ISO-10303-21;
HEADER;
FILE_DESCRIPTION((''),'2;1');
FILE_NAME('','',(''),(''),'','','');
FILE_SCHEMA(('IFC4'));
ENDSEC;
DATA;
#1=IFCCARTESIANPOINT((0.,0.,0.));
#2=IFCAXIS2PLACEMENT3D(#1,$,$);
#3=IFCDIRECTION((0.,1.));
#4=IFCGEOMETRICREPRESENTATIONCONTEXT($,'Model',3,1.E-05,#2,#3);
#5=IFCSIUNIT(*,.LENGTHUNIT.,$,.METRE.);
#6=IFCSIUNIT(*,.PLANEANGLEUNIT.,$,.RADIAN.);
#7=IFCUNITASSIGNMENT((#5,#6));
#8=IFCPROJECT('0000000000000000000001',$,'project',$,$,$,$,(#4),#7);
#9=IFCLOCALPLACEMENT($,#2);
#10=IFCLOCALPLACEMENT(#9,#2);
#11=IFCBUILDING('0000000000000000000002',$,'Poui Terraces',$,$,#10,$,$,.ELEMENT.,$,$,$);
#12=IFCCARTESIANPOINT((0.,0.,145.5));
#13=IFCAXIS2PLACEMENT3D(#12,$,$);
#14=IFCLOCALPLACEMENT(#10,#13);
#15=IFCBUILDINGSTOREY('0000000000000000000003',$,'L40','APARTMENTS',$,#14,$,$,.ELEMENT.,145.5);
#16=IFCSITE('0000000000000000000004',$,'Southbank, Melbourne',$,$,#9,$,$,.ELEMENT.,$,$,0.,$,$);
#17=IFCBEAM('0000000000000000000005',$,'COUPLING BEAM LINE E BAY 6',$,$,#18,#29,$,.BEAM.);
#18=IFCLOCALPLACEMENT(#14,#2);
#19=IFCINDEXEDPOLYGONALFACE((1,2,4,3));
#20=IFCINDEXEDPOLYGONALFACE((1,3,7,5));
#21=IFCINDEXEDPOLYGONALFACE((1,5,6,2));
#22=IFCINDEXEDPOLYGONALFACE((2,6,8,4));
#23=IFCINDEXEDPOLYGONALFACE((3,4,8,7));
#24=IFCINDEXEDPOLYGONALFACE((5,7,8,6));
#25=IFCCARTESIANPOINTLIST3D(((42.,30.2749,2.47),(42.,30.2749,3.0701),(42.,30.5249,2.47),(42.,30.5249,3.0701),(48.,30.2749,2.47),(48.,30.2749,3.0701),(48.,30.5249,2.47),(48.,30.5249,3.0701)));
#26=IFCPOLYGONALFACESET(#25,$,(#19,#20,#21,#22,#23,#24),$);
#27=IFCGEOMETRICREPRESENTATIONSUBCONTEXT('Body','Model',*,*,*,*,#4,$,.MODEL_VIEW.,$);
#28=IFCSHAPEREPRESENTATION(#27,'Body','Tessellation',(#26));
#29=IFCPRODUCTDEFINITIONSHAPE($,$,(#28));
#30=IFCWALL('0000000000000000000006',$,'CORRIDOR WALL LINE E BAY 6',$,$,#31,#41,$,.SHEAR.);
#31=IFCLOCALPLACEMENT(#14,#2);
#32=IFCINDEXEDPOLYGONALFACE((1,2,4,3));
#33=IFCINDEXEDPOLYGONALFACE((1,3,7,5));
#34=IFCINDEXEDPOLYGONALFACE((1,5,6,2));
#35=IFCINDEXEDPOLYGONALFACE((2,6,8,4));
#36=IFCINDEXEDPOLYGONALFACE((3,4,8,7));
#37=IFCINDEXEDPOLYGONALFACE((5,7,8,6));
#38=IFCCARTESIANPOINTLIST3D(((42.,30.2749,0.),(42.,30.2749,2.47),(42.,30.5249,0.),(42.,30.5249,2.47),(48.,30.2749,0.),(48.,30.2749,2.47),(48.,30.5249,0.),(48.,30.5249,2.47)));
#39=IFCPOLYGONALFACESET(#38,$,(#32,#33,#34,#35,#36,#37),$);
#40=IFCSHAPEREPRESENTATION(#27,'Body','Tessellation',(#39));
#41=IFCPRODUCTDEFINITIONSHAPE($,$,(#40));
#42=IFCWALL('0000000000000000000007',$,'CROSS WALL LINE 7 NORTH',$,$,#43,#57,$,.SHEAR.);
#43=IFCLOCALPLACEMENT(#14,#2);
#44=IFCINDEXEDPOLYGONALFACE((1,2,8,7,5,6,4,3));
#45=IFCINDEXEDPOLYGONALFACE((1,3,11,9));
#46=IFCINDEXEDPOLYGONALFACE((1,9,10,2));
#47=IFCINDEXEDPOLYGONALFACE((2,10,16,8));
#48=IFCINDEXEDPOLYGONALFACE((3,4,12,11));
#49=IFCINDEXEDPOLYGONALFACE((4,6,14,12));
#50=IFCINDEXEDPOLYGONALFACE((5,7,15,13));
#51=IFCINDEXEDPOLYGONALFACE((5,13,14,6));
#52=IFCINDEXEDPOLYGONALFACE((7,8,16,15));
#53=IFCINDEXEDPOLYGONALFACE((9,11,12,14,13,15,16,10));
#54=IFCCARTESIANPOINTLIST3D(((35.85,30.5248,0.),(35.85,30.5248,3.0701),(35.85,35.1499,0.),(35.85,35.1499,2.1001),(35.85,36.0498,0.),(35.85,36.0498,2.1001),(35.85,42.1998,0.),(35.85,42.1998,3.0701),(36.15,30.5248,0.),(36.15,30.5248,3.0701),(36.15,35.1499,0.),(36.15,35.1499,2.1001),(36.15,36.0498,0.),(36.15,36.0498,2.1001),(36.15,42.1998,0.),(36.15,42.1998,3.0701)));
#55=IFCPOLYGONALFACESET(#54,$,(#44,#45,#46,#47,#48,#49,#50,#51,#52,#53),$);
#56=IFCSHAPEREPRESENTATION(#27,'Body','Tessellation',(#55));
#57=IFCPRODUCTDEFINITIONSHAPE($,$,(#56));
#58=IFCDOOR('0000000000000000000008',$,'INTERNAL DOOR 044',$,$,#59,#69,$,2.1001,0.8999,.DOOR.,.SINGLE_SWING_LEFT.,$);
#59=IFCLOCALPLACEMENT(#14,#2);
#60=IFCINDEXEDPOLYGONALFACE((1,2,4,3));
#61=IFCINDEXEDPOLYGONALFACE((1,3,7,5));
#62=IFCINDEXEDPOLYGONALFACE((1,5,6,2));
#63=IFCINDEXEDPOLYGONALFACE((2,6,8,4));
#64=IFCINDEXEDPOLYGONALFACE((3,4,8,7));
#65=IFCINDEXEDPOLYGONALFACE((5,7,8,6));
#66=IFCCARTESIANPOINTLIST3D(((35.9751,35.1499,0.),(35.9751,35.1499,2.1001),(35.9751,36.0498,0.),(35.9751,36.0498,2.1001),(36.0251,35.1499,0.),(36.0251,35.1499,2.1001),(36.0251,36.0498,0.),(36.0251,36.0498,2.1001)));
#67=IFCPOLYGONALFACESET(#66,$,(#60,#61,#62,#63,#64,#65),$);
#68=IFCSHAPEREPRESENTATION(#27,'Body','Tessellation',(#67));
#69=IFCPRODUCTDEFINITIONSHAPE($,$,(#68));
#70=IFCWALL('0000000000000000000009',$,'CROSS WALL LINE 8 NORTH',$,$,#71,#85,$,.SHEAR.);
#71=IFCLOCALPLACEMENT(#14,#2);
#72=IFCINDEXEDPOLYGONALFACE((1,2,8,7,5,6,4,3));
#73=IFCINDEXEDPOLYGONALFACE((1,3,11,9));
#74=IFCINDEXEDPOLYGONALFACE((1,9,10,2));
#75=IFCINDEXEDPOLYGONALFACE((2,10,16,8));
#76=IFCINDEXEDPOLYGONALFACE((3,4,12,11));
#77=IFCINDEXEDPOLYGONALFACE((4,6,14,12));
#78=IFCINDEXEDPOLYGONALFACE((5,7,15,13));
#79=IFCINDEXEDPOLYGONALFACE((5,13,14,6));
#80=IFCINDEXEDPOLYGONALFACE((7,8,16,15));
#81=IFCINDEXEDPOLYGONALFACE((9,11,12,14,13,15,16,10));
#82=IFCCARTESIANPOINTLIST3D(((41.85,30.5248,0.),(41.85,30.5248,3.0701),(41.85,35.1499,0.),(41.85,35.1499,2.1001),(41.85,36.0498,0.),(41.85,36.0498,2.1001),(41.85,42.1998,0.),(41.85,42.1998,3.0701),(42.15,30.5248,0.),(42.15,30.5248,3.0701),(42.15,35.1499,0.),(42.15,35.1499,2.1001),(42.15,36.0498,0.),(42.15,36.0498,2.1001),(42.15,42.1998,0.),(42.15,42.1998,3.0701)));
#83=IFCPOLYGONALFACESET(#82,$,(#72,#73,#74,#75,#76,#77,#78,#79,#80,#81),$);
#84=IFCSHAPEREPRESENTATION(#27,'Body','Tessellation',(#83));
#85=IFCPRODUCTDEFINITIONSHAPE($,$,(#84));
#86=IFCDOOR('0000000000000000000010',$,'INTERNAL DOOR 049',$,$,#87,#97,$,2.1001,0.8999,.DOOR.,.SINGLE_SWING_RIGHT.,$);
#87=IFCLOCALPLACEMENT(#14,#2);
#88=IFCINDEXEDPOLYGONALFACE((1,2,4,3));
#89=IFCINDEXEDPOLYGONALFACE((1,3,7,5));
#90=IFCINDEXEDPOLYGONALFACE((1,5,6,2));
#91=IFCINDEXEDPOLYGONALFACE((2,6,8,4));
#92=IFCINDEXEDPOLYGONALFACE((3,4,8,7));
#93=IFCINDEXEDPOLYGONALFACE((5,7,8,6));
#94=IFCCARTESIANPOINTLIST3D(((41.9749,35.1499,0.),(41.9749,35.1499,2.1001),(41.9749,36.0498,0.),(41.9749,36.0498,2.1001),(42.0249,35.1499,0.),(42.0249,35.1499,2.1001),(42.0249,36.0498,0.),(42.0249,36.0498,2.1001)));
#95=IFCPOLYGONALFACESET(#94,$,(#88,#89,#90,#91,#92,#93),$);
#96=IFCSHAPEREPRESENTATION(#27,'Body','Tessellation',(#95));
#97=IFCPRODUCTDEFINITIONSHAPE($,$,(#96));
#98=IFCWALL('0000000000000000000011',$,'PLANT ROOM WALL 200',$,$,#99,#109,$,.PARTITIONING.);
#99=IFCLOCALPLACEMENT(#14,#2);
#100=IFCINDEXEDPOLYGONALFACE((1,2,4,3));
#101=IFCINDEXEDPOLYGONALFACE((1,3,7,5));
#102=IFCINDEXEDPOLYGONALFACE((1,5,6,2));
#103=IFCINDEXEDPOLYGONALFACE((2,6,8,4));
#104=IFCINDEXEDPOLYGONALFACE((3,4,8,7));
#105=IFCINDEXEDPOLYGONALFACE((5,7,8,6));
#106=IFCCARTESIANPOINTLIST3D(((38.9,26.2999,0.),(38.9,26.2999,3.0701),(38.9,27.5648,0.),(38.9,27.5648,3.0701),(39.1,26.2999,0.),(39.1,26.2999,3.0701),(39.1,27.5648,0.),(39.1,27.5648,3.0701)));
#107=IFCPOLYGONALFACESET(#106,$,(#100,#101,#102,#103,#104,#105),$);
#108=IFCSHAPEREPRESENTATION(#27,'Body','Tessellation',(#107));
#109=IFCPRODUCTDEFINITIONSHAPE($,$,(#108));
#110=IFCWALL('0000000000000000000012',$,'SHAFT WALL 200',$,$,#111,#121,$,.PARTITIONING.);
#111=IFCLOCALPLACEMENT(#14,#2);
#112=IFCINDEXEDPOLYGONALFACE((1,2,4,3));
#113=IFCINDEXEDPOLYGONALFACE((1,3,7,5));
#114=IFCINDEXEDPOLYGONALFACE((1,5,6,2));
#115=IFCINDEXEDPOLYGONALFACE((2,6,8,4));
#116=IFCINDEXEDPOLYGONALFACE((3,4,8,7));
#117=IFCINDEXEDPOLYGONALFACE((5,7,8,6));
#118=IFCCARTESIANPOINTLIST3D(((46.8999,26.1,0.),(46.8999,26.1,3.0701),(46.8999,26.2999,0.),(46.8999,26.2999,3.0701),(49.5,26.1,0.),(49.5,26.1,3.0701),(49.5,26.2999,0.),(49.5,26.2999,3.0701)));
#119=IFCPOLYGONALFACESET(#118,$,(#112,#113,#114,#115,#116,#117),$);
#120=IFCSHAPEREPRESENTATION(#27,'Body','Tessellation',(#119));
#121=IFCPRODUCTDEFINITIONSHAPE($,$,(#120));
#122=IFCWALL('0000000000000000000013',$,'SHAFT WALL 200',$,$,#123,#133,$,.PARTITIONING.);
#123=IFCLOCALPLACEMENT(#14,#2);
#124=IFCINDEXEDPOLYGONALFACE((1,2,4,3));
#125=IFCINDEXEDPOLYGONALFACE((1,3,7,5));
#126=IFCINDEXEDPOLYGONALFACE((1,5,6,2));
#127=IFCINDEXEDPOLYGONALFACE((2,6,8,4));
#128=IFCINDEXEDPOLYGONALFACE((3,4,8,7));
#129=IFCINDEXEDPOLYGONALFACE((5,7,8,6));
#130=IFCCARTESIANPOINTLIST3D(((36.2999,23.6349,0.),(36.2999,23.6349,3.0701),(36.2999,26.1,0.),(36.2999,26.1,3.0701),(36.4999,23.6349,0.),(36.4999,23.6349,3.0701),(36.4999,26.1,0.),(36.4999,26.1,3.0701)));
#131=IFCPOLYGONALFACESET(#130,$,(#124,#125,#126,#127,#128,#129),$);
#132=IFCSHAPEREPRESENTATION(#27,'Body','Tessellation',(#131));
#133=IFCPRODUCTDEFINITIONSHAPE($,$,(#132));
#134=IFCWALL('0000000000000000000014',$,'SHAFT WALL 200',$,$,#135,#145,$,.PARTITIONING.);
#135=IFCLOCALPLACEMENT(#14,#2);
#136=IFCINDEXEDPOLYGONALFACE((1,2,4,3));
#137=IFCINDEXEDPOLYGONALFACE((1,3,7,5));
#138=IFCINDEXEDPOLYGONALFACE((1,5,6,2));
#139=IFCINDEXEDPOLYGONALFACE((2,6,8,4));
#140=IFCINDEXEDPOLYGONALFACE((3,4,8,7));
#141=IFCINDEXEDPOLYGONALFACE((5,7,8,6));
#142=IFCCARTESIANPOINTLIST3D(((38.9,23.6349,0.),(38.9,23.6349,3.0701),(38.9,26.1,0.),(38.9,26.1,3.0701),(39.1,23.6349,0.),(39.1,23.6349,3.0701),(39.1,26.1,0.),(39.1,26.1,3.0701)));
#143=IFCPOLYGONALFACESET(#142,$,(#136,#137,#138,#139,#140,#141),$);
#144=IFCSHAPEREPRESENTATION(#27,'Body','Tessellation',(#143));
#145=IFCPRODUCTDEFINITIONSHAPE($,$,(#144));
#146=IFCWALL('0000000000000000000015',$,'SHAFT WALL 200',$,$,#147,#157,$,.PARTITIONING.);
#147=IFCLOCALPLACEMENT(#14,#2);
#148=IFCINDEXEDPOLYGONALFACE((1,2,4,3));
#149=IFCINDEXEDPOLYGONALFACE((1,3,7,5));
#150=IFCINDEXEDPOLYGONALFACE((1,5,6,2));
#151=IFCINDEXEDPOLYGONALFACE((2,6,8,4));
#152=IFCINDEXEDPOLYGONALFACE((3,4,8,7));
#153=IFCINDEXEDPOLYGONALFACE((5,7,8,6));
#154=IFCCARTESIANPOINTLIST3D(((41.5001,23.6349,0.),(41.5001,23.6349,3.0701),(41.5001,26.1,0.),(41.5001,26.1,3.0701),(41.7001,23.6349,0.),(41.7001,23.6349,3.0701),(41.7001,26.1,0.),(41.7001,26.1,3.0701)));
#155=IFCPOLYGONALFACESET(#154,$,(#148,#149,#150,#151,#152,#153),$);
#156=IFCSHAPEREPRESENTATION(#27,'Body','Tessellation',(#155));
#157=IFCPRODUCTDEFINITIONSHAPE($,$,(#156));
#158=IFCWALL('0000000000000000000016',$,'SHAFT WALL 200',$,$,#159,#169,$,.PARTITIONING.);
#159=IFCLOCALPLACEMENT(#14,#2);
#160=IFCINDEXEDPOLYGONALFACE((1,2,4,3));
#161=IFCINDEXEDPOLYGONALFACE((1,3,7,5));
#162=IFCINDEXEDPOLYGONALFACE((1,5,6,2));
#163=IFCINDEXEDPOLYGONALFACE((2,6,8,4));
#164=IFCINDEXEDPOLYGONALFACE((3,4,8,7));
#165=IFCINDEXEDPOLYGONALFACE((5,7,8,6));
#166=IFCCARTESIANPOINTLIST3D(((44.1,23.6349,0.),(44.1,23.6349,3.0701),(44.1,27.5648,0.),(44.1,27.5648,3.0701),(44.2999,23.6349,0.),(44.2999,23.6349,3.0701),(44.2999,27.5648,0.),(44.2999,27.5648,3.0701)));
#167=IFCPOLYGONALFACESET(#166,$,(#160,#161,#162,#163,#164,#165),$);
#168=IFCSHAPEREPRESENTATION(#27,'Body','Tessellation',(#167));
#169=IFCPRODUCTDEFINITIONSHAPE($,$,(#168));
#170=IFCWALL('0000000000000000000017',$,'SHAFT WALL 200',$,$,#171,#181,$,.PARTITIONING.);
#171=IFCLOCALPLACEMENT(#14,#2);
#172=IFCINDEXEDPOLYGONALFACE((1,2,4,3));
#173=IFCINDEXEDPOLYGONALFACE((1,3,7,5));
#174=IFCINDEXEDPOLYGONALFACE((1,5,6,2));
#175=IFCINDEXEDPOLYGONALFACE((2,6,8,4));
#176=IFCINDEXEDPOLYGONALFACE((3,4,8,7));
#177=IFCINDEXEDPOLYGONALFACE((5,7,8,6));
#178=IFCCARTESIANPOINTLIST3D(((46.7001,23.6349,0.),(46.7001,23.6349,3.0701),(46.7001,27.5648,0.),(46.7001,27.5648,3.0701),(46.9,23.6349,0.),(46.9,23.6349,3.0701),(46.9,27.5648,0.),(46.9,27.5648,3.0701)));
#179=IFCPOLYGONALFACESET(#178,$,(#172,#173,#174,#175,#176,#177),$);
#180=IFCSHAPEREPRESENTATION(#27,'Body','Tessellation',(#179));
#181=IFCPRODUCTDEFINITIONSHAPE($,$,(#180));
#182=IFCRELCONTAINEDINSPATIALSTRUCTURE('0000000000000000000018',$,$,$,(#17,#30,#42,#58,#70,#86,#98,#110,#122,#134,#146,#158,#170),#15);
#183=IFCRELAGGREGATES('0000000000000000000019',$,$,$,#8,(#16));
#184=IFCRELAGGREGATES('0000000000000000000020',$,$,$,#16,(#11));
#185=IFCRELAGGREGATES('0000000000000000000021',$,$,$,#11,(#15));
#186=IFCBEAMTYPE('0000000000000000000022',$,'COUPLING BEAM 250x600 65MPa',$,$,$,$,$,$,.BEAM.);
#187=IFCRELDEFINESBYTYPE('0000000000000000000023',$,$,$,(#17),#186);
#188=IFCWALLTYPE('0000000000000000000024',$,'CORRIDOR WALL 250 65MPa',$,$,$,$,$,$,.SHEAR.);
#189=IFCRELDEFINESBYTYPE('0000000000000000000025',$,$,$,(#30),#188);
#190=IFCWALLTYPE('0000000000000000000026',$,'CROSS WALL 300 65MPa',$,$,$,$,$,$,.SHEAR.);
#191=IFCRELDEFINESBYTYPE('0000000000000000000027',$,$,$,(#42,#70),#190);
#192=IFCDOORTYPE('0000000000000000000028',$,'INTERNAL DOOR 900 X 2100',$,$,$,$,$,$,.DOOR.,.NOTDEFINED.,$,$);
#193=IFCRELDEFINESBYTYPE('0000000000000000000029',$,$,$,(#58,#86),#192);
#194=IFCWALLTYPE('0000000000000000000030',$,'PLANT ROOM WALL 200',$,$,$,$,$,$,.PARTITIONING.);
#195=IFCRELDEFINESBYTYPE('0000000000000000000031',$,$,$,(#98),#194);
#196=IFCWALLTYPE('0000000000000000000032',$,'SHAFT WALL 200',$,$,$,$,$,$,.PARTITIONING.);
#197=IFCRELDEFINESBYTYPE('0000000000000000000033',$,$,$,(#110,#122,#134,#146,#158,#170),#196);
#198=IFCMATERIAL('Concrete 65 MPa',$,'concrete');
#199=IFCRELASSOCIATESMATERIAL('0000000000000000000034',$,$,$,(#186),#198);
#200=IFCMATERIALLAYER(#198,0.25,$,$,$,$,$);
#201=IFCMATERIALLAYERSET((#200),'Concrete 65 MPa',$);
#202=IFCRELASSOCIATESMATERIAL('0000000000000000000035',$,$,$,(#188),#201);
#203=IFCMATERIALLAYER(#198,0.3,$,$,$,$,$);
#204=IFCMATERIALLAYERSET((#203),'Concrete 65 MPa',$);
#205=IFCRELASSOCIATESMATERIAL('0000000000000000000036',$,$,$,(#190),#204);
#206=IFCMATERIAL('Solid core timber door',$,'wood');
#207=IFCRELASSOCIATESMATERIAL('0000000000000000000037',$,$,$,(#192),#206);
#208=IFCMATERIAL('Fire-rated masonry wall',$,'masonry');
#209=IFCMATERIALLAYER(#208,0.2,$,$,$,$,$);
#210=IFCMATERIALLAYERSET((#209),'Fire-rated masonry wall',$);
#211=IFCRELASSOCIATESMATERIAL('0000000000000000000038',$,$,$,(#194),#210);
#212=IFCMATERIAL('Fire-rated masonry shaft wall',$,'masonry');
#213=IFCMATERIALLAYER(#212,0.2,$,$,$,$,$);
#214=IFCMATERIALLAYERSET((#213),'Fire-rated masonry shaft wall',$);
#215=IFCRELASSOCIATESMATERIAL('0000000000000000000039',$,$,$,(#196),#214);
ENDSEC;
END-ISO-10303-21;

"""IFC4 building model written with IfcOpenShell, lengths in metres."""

from ifc_helpers import new_model, si_unit, direction, frame, frame_2d, origin, origin_2d, place, context, subcontext, project, spatial, rectangle, extrude, source, transform, mapped, material, layer, layer_set, material_profile, profile_set, type_object, element, fill, save


model = new_model("IFC4")

# Units and contexts
model_context = context("Model", 3, precision=1e-05, world=origin(), true_north=direction((0.0, 1.0)))
body_context = subcontext(model_context, "Body", "Model", "MODEL_VIEW")
ifc_project = project(units=[si_unit("LENGTHUNIT", "METRE"), si_unit("PLANEANGLEUNIT", "RADIAN")], contexts=[model_context])

# Site, building, storey
site_placement = place(None, origin())
site = spatial("IfcSite", under=ifc_project, at=site_placement, Name="Southbank, Melbourne", CompositionType="ELEMENT", RefElevation=0.0)
building_placement = place(site_placement, origin())
building = spatial("IfcBuilding", under=site, at=building_placement, Name="Poui Terraces", CompositionType="ELEMENT")
storey_placement = place(building_placement, frame((0.0, 0.0, 145.5)))
storey = spatial("IfcBuildingStorey", under=building, at=storey_placement, Name="L40", Description="APARTMENTS", CompositionType="ELEMENT", Elevation=145.5)

# Beam
ifc_material_1 = material(Name="Concrete 65 MPa", Category="concrete")
ifc_material_profile = material_profile(ifc_material_1, rectangle(XDim=0.25, YDim=0.6001, at=origin_2d()), Name="RC 250x600")
ifc_profile_set = profile_set([ifc_material_profile], Name="Concrete 65 MPa")
beam_type = type_object("IfcBeamType", Name="COUPLING BEAM 250x600 65MPa", PredefinedType="BEAM", material=ifc_profile_set)
shared_shape = source(origin(), body_context, "Body", "SweptSolid", [
    extrude(rectangle(XDim=0.25, YDim=0.6001, at=origin_2d()), origin(), (0.0, 0.0, 1.0), 6.0),
])
beam_placement = place(storey_placement, frame((42.0, 30.3999, 2.77), z_axis=(1.0, 0.0, 0.0), x_axis=(0.0, 1.0, 0.0)))
element("IfcBeam", 1, at=beam_placement, inside=storey, type_object=beam_type, Name="COUPLING BEAM LINE E BAY 6", PredefinedType="BEAM", context=body_context, shape_type="MappedRepresentation", body=[
    mapped(shared_shape, transform((0.0, 0.0, 0.0))),
])

# Wall
ifc_layer_1 = layer(ifc_material_1, 0.25)
ifc_layer_set_1 = layer_set([ifc_layer_1], Name="Concrete 65 MPa")
wall_type_1 = type_object("IfcWallType", Name="CORRIDOR WALL 250 65MPa", PredefinedType="SHEAR", material=ifc_layer_set_1)
wall_1_placement = place(storey_placement, frame((42.0, 30.3999, 0.0), z_axis=(0.0, 0.0, 1.0), x_axis=(1.0, 0.0, 0.0)))
element("IfcWall", 2, at=wall_1_placement, inside=storey, type_object=wall_type_1, Name="CORRIDOR WALL LINE E BAY 6", PredefinedType="SHEAR", context=body_context, shape_type="SweptSolid", body=[
    extrude(rectangle(XDim=6.0, YDim=0.25, at=frame_2d((3.0, 0.0))), origin(), (0.0, 0.0, 1.0), 2.47),
])

# Walls, openings, doors
ifc_layer_2 = layer(ifc_material_1, 0.3)
ifc_layer_set_2 = layer_set([ifc_layer_2], Name="Concrete 65 MPa")
wall_type_2 = type_object("IfcWallType", Name="CROSS WALL 300 65MPa", PredefinedType="SHEAR", material=ifc_layer_set_2)
wall_2_placement = place(storey_placement, frame((36.0, 30.5249, 0.0), z_axis=(0.0, 0.0, 1.0), x_axis=(0.0, 1.0, 0.0)))
wall_2 = element("IfcWall", 3, at=wall_2_placement, inside=storey, type_object=wall_type_2, Name="CROSS WALL LINE 7 NORTH", PredefinedType="SHEAR", context=body_context, shape_type="SweptSolid", body=[
    extrude(rectangle(XDim=11.675, YDim=0.3, at=frame_2d((5.8374, 0.0))), origin(), (0.0, 0.0, 1.0), 3.0701),
])
opening_1_placement = place(wall_2_placement, frame((4.625, 0.0, 0.0)))
opening_1 = element("IfcOpeningElement", 4, at=opening_1_placement, cuts=wall_2, PredefinedType="OPENING", context=body_context, shape_type="SweptSolid", body=[
    extrude(rectangle(XDim=0.8999, YDim=2.1001, at=frame_2d((0.45, 1.05))), frame((0.0, 0.1602, 0.0), z_axis=(0.0, -1.0, 0.0), x_axis=(1.0, 0.0, 0.0)), (0.0, 0.0, 1.0), 0.3201),
])
ifc_material_2 = material(Name="Solid core timber door", Category="wood")
door_type = type_object("IfcDoorType", Name="INTERNAL DOOR 900 X 2100", OperationType="NOTDEFINED", PredefinedType="DOOR", material=ifc_material_2)
door_1_placement = place(opening_1_placement, origin())
door_1 = element("IfcDoor", 5, at=door_1_placement, inside=storey, type_object=door_type, Name="INTERNAL DOOR 044", OperationType="SINGLE_SWING_LEFT", OverallHeight=2.1001, OverallWidth=0.8999, PredefinedType="DOOR", context=body_context, shape_type="SweptSolid", body=[
    extrude(rectangle(XDim=0.8999, YDim=2.1001, at=frame_2d((0.45, 1.05))), frame((0.0, 0.0249, 0.0), z_axis=(0.0, -1.0, 0.0), x_axis=(1.0, 0.0, 0.0)), (0.0, 0.0, 1.0), 0.05),
])
fill(opening_1, door_1)
wall_3_placement = place(storey_placement, frame((42.0, 30.5249, 0.0), z_axis=(0.0, 0.0, 1.0), x_axis=(0.0, 1.0, 0.0)))
wall_3 = element("IfcWall", 6, at=wall_3_placement, inside=storey, type_object=wall_type_2, Name="CROSS WALL LINE 8 NORTH", PredefinedType="SHEAR", context=body_context, shape_type="SweptSolid", body=[
    extrude(rectangle(XDim=11.675, YDim=0.3, at=frame_2d((5.8374, 0.0))), origin(), (0.0, 0.0, 1.0), 3.0701),
])
opening_2_placement = place(wall_3_placement, frame((4.625, 0.0, 0.0)))
opening_2 = element("IfcOpeningElement", 7, at=opening_2_placement, cuts=wall_3, PredefinedType="OPENING", context=body_context, shape_type="SweptSolid", body=[
    extrude(rectangle(XDim=0.8999, YDim=2.1001, at=frame_2d((0.45, 1.05))), frame((0.0, 0.1602, 0.0), z_axis=(0.0, -1.0, 0.0), x_axis=(1.0, 0.0, 0.0)), (0.0, 0.0, 1.0), 0.3201),
])
door_2_placement = place(opening_2_placement, frame((0.8999, 0.0, 0.0), z_axis=(0.0, 0.0, 1.0), x_axis=(-1.0, 0.0, 0.0)))
door_2 = element("IfcDoor", 8, at=door_2_placement, inside=storey, type_object=door_type, Name="INTERNAL DOOR 049", OperationType="SINGLE_SWING_RIGHT", OverallHeight=2.1001, OverallWidth=0.8999, PredefinedType="DOOR", context=body_context, shape_type="SweptSolid", body=[
    extrude(rectangle(XDim=0.8999, YDim=2.1001, at=frame_2d((0.45, 1.05))), frame((0.0, 0.0249, 0.0), z_axis=(0.0, -1.0, 0.0), x_axis=(1.0, 0.0, 0.0)), (0.0, 0.0, 1.0), 0.05),
])
fill(opening_2, door_2)

# Walls
ifc_material_3 = material(Name="Fire-rated masonry wall", Category="masonry")
ifc_layer_3 = layer(ifc_material_3, 0.2)
ifc_layer_set_3 = layer_set([ifc_layer_3], Name="Fire-rated masonry wall")
wall_type_3 = type_object("IfcWallType", Name="PLANT ROOM WALL 200", PredefinedType="PARTITIONING", material=ifc_layer_set_3)
wall_4_placement = place(storey_placement, frame((39.0, 26.3, 0.0), z_axis=(0.0, 0.0, 1.0), x_axis=(0.0, 1.0, 0.0)))
element("IfcWall", 9, at=wall_4_placement, inside=storey, type_object=wall_type_3, Name="PLANT ROOM WALL 200", PredefinedType="PARTITIONING", context=body_context, shape_type="SweptSolid", body=[
    extrude(rectangle(XDim=1.2649, YDim=0.2, at=frame_2d((0.6323, 0.0))), origin(), (0.0, 0.0, 1.0), 3.0701),
])
ifc_material_4 = material(Name="Fire-rated masonry shaft wall", Category="masonry")
ifc_layer_4 = layer(ifc_material_4, 0.2)
ifc_layer_set_4 = layer_set([ifc_layer_4], Name="Fire-rated masonry shaft wall")
wall_type_4 = type_object("IfcWallType", Name="SHAFT WALL 200", PredefinedType="PARTITIONING", material=ifc_layer_set_4)
wall_5_placement = place(storey_placement, frame((46.8999, 26.2, 0.0), z_axis=(0.0, 0.0, 1.0), x_axis=(1.0, 0.0, 0.0)))
element("IfcWall", 10, at=wall_5_placement, inside=storey, type_object=wall_type_4, Name="SHAFT WALL 200", PredefinedType="PARTITIONING", context=body_context, shape_type="SweptSolid", body=[
    extrude(rectangle(XDim=2.6001, YDim=0.2, at=frame_2d((1.3, 0.0))), origin(), (0.0, 0.0, 1.0), 3.0701),
])
for number, where, z_axis, x_axis, name in (
    (11, (36.3999, 23.635, 0.0), (0.0, 0.0, 1.0), (0.0, 1.0, 0.0), "SHAFT WALL 200"),
    (12, (39.0, 23.635, 0.0), (0.0, 0.0, 1.0), (0.0, 1.0, 0.0), "SHAFT WALL 200"),
    (13, (41.6001, 23.635, 0.0), (0.0, 0.0, 1.0), (0.0, 1.0, 0.0), "SHAFT WALL 200"),
):
    element("IfcWall", number, at=place(storey_placement, frame(where, z_axis=z_axis, x_axis=x_axis)), inside=storey, type_object=wall_type_4, Name=name, PredefinedType="PARTITIONING", context=body_context, shape_type="SweptSolid", body=[
        extrude(rectangle(XDim=2.4651, YDim=0.2, at=frame_2d((1.2324, 0.0))), origin(), (0.0, 0.0, 1.0), 3.0701),
    ])
for number, where, z_axis, x_axis, name in (
    (14, (44.2, 23.635, 0.0), (0.0, 0.0, 1.0), (0.0, 1.0, 0.0), "SHAFT WALL 200"),
    (15, (46.8, 23.635, 0.0), (0.0, 0.0, 1.0), (0.0, 1.0, 0.0), "SHAFT WALL 200"),
):
    element("IfcWall", number, at=place(storey_placement, frame(where, z_axis=z_axis, x_axis=x_axis)), inside=storey, type_object=wall_type_4, Name=name, PredefinedType="PARTITIONING", context=body_context, shape_type="SweptSolid", body=[
        extrude(rectangle(XDim=3.9299, YDim=0.2, at=frame_2d((1.9648, 0.0))), origin(), (0.0, 0.0, 1.0), 3.0701),
    ])

save(model, "model.ifc")
